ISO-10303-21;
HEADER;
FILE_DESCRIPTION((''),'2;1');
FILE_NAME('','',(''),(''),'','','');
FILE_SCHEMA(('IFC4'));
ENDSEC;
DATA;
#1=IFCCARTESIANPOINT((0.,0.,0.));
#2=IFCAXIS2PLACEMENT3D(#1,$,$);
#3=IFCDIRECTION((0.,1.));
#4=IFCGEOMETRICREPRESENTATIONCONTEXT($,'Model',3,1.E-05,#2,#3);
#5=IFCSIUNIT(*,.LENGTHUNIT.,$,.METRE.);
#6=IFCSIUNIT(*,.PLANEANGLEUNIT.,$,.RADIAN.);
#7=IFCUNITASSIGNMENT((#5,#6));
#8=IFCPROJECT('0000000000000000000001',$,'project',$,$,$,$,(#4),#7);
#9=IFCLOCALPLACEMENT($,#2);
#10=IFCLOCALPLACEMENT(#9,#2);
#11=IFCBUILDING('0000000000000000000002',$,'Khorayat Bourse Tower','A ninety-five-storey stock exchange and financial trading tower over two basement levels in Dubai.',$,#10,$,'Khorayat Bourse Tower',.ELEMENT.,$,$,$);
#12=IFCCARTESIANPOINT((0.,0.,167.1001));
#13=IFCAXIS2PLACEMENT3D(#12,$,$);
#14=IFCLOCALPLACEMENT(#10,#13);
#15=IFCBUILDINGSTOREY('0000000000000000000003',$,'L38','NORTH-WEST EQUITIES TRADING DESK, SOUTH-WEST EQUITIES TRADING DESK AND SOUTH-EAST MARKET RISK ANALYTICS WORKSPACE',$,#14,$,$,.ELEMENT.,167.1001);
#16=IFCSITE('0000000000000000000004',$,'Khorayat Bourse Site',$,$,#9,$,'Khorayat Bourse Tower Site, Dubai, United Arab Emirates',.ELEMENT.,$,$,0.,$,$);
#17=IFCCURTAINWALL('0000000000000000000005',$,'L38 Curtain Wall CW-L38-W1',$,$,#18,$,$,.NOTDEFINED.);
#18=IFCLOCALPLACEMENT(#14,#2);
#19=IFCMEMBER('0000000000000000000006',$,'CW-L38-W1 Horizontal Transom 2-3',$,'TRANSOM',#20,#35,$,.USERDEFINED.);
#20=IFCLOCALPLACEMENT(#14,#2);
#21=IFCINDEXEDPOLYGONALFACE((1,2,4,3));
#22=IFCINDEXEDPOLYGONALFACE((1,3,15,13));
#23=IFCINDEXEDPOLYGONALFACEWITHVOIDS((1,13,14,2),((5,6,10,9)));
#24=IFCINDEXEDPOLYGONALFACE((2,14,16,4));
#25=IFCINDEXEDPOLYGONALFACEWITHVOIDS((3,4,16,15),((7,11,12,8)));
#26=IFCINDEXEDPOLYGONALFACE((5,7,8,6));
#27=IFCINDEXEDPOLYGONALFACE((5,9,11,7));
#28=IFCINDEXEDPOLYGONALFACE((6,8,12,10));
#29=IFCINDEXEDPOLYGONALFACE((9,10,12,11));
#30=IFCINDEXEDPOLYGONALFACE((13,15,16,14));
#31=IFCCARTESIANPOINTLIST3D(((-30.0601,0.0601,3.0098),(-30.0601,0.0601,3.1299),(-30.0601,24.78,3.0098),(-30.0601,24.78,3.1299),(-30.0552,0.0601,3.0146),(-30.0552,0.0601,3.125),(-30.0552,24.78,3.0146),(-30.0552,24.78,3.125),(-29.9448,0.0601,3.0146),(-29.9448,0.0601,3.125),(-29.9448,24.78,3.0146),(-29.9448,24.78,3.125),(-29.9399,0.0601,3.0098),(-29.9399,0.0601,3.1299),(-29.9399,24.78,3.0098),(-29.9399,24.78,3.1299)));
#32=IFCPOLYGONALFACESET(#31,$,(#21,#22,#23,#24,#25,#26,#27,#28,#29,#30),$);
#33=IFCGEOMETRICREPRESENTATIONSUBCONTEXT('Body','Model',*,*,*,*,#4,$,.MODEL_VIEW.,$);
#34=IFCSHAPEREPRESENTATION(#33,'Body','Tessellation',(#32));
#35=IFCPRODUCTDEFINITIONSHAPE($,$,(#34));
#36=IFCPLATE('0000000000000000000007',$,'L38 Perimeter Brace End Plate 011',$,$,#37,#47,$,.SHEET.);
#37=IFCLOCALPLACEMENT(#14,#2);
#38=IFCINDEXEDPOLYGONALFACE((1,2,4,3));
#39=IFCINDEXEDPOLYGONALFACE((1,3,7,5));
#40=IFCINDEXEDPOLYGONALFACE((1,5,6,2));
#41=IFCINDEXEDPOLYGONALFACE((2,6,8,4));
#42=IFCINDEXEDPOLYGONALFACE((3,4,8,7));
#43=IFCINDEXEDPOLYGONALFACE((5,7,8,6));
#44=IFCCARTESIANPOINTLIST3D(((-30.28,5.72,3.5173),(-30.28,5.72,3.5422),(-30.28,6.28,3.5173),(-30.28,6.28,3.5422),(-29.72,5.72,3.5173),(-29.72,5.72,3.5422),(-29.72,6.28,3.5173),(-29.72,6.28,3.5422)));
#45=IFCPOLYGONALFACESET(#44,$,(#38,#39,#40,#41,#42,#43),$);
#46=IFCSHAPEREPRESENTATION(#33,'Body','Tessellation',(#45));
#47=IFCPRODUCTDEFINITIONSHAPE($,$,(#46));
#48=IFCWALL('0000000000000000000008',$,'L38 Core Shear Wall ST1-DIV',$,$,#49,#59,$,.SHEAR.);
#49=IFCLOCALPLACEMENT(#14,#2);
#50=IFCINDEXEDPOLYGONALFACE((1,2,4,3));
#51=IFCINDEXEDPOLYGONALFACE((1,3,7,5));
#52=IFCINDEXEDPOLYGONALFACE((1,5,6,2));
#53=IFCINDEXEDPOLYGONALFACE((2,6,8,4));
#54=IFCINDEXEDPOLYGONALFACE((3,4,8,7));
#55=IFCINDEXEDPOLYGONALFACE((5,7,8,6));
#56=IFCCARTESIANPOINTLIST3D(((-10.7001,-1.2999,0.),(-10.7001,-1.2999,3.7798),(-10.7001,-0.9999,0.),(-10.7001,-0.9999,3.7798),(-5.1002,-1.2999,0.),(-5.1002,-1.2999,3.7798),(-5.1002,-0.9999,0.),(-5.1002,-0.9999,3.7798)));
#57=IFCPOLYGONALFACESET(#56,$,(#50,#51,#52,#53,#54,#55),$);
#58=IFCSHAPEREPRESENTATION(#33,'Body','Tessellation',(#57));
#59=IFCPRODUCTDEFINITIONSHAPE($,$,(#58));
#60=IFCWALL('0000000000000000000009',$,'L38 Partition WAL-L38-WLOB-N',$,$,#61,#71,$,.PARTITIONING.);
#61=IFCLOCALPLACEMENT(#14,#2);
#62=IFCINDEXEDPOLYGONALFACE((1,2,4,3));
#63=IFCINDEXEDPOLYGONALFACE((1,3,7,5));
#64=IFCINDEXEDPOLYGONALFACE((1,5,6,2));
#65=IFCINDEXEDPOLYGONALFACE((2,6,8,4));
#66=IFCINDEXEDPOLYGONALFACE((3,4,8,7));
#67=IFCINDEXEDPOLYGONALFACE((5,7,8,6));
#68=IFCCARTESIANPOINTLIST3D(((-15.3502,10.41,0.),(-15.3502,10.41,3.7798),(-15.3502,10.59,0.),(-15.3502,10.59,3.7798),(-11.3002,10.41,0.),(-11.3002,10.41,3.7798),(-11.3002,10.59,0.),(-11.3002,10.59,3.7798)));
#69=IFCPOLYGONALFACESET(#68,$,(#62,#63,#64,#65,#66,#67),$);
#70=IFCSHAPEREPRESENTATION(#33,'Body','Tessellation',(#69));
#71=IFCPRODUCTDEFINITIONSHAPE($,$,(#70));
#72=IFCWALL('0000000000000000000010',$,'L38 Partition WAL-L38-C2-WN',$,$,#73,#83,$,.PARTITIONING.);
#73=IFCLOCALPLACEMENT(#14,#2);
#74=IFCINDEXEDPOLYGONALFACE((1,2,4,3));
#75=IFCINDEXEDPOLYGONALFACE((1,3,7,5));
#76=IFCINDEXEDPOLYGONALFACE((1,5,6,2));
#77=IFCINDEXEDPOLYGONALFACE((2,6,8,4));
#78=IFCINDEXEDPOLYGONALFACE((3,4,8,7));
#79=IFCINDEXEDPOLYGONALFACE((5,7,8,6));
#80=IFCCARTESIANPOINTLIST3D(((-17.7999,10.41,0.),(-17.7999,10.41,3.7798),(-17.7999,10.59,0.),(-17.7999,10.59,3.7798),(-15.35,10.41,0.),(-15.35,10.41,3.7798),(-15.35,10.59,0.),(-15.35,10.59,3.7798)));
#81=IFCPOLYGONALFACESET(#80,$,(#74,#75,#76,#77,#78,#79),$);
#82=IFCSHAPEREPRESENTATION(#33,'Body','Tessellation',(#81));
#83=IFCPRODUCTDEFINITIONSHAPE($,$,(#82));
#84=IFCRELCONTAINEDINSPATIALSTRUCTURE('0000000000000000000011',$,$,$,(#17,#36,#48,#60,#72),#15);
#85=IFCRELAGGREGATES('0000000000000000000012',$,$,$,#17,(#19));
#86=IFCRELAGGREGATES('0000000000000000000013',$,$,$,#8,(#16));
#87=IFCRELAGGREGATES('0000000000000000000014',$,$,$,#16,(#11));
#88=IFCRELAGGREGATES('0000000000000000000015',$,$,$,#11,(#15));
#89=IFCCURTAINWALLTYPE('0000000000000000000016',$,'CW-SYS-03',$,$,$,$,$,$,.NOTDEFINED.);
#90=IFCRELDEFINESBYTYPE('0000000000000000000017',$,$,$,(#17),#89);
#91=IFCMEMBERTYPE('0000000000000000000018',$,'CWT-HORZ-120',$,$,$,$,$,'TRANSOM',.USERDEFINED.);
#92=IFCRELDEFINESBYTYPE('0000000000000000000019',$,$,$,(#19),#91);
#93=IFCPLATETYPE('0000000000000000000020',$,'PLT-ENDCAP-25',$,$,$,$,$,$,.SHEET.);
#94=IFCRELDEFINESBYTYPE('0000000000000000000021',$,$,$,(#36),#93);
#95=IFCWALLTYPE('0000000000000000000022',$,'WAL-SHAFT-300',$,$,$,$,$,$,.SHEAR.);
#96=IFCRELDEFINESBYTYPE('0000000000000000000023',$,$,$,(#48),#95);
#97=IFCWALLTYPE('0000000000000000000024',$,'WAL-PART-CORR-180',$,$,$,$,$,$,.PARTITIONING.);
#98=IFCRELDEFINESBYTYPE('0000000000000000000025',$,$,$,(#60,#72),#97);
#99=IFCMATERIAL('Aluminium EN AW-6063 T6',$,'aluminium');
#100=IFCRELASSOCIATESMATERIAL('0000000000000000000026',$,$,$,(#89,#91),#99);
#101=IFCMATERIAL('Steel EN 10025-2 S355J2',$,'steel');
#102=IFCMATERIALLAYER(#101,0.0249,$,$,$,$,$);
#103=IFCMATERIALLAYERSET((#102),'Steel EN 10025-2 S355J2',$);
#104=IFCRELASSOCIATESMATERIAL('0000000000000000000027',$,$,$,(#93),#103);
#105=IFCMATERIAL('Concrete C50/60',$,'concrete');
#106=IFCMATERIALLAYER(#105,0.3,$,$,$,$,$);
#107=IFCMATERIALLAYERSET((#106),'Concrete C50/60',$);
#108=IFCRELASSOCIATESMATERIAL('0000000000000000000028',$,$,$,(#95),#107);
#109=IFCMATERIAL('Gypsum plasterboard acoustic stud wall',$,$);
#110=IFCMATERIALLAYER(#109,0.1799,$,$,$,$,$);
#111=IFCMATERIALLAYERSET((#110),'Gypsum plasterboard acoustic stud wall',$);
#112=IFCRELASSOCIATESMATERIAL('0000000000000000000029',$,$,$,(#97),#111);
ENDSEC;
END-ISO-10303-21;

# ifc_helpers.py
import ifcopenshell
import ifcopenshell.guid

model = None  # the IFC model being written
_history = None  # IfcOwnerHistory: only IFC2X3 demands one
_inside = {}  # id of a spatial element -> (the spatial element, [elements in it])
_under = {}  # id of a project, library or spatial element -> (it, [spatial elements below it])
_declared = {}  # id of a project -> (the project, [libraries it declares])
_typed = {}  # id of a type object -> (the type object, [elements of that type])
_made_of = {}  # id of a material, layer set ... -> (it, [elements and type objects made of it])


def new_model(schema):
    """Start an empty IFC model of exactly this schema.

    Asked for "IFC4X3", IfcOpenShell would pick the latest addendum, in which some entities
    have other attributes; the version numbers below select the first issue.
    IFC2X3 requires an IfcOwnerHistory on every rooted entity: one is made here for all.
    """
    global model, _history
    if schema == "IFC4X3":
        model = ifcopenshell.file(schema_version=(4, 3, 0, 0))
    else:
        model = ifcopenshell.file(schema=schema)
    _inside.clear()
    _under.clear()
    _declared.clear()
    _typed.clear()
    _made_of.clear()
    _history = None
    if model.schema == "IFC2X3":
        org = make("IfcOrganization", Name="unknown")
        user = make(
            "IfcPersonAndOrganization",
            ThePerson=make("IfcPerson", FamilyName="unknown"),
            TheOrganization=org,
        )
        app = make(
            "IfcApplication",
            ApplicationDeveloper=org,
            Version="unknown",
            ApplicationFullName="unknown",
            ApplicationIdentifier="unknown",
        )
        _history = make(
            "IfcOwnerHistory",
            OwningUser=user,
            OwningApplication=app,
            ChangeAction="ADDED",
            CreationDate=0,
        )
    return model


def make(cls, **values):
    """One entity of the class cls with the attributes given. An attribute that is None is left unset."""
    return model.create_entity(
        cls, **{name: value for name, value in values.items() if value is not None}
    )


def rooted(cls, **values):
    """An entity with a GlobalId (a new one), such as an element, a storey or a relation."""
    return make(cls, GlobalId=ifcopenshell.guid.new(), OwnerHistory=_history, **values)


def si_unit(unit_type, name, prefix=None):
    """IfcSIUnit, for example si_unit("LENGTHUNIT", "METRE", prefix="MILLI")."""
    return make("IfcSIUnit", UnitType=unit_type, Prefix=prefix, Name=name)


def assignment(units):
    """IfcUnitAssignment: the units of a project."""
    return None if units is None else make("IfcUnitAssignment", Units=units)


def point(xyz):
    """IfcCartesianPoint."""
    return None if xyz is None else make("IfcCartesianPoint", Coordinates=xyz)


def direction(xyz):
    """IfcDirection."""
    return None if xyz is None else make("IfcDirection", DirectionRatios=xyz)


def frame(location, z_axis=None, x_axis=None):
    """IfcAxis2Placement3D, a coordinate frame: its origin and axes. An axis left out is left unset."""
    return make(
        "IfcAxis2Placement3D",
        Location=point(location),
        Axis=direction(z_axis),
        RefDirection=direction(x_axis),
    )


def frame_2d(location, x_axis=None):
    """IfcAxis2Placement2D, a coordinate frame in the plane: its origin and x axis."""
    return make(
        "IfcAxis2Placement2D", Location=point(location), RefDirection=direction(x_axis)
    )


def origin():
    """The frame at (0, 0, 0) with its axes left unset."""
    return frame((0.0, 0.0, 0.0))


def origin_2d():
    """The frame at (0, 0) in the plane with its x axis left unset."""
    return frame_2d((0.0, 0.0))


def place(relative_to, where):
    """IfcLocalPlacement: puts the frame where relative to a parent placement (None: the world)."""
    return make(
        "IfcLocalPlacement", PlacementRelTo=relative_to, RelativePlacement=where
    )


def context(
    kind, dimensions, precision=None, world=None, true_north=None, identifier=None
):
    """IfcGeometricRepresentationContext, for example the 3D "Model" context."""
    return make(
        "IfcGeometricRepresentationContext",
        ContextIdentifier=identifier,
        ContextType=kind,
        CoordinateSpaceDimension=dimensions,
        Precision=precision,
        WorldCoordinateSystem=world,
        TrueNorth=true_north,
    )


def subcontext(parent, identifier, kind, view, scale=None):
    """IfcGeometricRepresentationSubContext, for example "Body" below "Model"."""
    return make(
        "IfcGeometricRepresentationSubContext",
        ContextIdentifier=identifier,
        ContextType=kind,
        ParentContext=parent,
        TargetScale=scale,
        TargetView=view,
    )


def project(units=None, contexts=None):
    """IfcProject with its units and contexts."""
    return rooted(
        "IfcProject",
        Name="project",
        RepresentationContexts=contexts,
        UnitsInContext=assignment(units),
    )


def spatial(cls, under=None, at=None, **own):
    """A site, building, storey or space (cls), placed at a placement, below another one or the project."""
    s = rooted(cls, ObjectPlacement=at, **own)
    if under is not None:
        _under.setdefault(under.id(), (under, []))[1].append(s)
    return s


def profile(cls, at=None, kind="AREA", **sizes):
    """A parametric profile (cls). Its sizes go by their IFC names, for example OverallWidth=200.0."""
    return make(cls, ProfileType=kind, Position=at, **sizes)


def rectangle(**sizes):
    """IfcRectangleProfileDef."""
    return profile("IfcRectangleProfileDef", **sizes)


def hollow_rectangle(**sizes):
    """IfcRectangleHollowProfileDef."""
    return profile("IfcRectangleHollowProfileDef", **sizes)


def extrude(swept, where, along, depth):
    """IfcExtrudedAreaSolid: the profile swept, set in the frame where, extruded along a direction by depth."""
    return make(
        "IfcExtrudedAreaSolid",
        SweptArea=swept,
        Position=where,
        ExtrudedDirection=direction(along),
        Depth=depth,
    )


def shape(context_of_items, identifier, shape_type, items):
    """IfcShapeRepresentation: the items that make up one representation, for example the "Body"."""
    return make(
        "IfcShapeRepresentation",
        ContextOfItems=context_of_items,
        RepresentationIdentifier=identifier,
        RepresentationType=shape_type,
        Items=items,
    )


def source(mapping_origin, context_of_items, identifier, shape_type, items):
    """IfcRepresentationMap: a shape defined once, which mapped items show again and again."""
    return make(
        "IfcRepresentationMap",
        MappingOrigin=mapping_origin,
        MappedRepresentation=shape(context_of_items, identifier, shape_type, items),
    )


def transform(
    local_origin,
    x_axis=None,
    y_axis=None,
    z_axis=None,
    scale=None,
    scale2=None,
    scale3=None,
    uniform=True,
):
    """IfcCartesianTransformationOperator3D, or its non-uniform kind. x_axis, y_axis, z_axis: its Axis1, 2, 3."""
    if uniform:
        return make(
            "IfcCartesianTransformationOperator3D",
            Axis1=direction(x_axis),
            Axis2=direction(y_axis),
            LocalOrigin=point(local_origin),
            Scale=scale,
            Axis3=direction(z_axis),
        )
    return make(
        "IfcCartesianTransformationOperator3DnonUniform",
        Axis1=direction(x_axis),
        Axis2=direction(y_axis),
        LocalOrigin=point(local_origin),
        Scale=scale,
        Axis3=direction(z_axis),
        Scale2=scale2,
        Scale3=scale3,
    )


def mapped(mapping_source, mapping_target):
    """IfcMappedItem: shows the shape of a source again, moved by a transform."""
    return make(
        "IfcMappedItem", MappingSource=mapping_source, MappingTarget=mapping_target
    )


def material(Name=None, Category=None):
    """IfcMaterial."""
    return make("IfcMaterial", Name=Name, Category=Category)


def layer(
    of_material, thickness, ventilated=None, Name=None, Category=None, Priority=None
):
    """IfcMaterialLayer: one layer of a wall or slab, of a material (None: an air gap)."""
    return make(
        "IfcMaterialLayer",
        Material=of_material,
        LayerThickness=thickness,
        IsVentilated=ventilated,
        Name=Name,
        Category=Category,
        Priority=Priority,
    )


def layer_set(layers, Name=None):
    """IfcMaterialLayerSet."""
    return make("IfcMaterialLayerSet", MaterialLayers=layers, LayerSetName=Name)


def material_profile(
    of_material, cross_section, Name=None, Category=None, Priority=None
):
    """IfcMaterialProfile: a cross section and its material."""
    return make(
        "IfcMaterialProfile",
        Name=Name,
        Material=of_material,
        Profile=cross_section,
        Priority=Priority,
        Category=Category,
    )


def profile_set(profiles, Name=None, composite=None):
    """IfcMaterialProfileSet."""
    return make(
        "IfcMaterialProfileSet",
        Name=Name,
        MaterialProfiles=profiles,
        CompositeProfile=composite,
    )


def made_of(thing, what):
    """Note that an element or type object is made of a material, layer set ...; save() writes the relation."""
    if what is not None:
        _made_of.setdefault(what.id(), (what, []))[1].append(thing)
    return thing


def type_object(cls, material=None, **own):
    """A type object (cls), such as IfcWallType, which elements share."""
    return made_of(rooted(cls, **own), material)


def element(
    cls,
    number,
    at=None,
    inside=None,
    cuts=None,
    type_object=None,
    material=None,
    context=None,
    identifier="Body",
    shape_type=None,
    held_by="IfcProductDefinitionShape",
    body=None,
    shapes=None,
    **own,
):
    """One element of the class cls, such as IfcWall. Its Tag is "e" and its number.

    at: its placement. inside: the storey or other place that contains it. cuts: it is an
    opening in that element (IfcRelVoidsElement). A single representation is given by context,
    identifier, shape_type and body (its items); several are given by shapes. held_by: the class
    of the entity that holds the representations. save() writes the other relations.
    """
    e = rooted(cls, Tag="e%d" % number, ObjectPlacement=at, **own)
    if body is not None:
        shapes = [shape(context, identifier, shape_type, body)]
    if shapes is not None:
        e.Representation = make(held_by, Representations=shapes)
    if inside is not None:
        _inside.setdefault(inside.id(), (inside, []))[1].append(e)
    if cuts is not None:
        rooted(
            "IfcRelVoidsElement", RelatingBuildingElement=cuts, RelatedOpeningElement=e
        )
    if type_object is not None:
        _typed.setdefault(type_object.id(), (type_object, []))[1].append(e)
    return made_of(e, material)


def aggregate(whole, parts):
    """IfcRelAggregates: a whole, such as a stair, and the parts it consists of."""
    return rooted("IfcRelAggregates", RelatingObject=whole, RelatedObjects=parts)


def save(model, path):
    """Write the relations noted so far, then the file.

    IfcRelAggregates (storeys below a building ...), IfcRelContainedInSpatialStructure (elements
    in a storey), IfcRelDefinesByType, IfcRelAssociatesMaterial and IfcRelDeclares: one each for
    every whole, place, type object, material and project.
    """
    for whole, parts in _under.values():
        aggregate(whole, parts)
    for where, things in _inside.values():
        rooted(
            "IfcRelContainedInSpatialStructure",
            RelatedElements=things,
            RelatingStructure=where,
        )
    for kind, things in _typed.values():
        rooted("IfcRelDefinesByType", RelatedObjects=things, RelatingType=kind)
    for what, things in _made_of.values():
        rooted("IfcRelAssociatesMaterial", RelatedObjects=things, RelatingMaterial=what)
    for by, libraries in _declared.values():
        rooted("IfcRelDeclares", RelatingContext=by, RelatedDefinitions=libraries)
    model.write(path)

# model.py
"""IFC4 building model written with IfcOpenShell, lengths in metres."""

from ifc_helpers import new_model, si_unit, direction, frame, frame_2d, origin, origin_2d, place, context, subcontext, project, spatial, rectangle, hollow_rectangle, extrude, source, transform, mapped, material, layer, layer_set, material_profile, profile_set, type_object, element, aggregate, save


model = new_model("IFC4")

# Units and contexts
model_context = context("Model", 3, precision=1e-05, world=origin(), true_north=direction((0.0, 1.0)))
body_context = subcontext(model_context, "Body", "Model", "MODEL_VIEW")
ifc_project = project(units=[si_unit("LENGTHUNIT", "METRE"), si_unit("PLANEANGLEUNIT", "RADIAN")], contexts=[model_context])

# Site, building, storey
site_placement = place(None, origin())
site = spatial("IfcSite", under=ifc_project, at=site_placement, Name="Khorayat Bourse Site", LongName="Khorayat Bourse Tower Site, Dubai, United Arab Emirates", CompositionType="ELEMENT", RefElevation=0.0)
building_placement = place(site_placement, origin())
building = spatial("IfcBuilding", under=site, at=building_placement, Name="Khorayat Bourse Tower", Description="A ninety-five-storey stock exchange and financial trading tower over two basement levels in Dubai.", LongName="Khorayat Bourse Tower", CompositionType="ELEMENT")
storey_placement = place(building_placement, frame((0.0, 0.0, 167.1001)))
storey = spatial("IfcBuildingStorey", under=building, at=storey_placement, Name="L38", Description="NORTH-WEST EQUITIES TRADING DESK, SOUTH-WEST EQUITIES TRADING DESK AND SOUTH-EAST MARKET RISK ANALYTICS WORKSPACE", CompositionType="ELEMENT", Elevation=167.1001)

# Curtain wall, member
ifc_material_1 = material(Name="Aluminium EN AW-6063 T6", Category="aluminium")
curtain_wall_type = type_object("IfcCurtainWallType", Name="CW-SYS-03", PredefinedType="NOTDEFINED", material=ifc_material_1)
curtain_wall_placement = place(storey_placement, origin())
curtain_wall = element("IfcCurtainWall", 1, at=curtain_wall_placement, inside=storey, type_object=curtain_wall_type, Name="L38 Curtain Wall CW-L38-W1", PredefinedType="NOTDEFINED")
ifc_material_profile_1 = material_profile(ifc_material_1, hollow_rectangle(XDim=0.1201, YDim=0.1201, WallThickness=0.0049, at=origin_2d()), Name="ALU 120x120x5")
ifc_profile_set_1 = profile_set([ifc_material_profile_1], Name="Aluminium EN AW-6063 T6")
member_type_1 = type_object("IfcMemberType", Name="CWT-HORZ-120", ElementType="TRANSOM", PredefinedType="USERDEFINED", material=ifc_profile_set_1)
shared_shape_1 = source(origin(), body_context, "Body", "SweptSolid", [
    extrude(hollow_rectangle(XDim=0.1201, YDim=0.1201, WallThickness=0.0049, at=origin_2d()), origin(), (0.0, 0.0, 1.0), 24.72),
])
member_1_placement = place(storey_placement, frame((-30.0, 0.0601, 3.0698), z_axis=(0.0, 1.0, 0.0), x_axis=(-1.0, 0.0, 0.0)))
member_1 = element("IfcMember", 2, at=member_1_placement, type_object=member_type_1, Name="CW-L38-W1 Horizontal Transom 2-3", ObjectType="TRANSOM", PredefinedType="USERDEFINED", context=body_context, shape_type="MappedRepresentation", body=[
    mapped(shared_shape_1, transform((0.0, 0.0, 0.0), scale=1.0)),
])
aggregate(curtain_wall, [member_1])

# Plate
ifc_material_2 = material(Name="Steel EN 10025-2 S355J2", Category="steel")
ifc_layer_1 = layer(ifc_material_2, 0.0249)
ifc_layer_set_1 = layer_set([ifc_layer_1], Name="Steel EN 10025-2 S355J2")
plate_type = type_object("IfcPlateType", Name="PLT-ENDCAP-25", PredefinedType="SHEET", material=ifc_layer_set_1)
shared_shape_2 = source(origin(), body_context, "Body", "SweptSolid", [
    extrude(rectangle(XDim=0.5601, YDim=0.5601, at=origin_2d()), origin(), (0.0, 0.0, 1.0), 0.0249),
])
plate_placement = place(storey_placement, frame((-30.0, 6.0, 3.5173), z_axis=(0.0, 0.0, 1.0), x_axis=(1.0, 0.0, 0.0)))
element("IfcPlate", 3, at=plate_placement, inside=storey, type_object=plate_type, Name="L38 Perimeter Brace End Plate 011", PredefinedType="SHEET", context=body_context, shape_type="MappedRepresentation", body=[
    mapped(shared_shape_2, transform((0.0, 0.0, 0.0), scale=1.0)),
])

# Walls
ifc_material_3 = material(Name="Concrete C50/60", Category="concrete")
ifc_layer_2 = layer(ifc_material_3, 0.3)
ifc_layer_set_2 = layer_set([ifc_layer_2], Name="Concrete C50/60")
wall_type_1 = type_object("IfcWallType", Name="WAL-SHAFT-300", PredefinedType="SHEAR", material=ifc_layer_set_2)
shared_shape_3 = source(origin(), body_context, "Body", "SweptSolid", [
    extrude(rectangle(XDim=5.5999, YDim=0.3, at=frame_2d((2.7998, 0.0))), origin(), (0.0, 0.0, 1.0), 3.7798),
])
wall_1_placement = place(storey_placement, frame((-10.7, -1.1499, 0.0), z_axis=(0.0, 0.0, 1.0), x_axis=(1.0, 0.0, 0.0)))
element("IfcWall", 4, at=wall_1_placement, inside=storey, type_object=wall_type_1, Name="L38 Core Shear Wall ST1-DIV", PredefinedType="SHEAR", context=body_context, shape_type="MappedRepresentation", body=[
    mapped(shared_shape_3, transform((0.0, 0.0, 0.0), scale=1.0)),
])
ifc_material_4 = material(Name="Gypsum plasterboard acoustic stud wall")
ifc_layer_3 = layer(ifc_material_4, 0.1799)
ifc_layer_set_3 = layer_set([ifc_layer_3], Name="Gypsum plasterboard acoustic stud wall")
wall_type_2 = type_object("IfcWallType", Name="WAL-PART-CORR-180", PredefinedType="PARTITIONING", material=ifc_layer_set_3)
shared_shape_4 = source(origin(), body_context, "Body", "SweptSolid", [
    extrude(rectangle(XDim=4.05, YDim=0.1799, at=frame_2d((2.0249, 0.0))), origin(), (0.0, 0.0, 1.0), 3.7798),
])
wall_2_placement = place(storey_placement, frame((-15.3501, 10.5, 0.0), z_axis=(0.0, 0.0, 1.0), x_axis=(1.0, 0.0, 0.0)))
element("IfcWall", 5, at=wall_2_placement, inside=storey, type_object=wall_type_2, Name="L38 Partition WAL-L38-WLOB-N", PredefinedType="PARTITIONING", context=body_context, shape_type="MappedRepresentation", body=[
    mapped(shared_shape_4, transform((0.0, 0.0, 0.0), scale=1.0)),
])
shared_shape_5 = source(origin(), body_context, "Body", "SweptSolid", [
    extrude(rectangle(XDim=2.45, YDim=0.1799, at=frame_2d((1.2251, 0.0))), origin(), (0.0, 0.0, 1.0), 3.7798),
])
wall_3_placement = place(storey_placement, frame((-17.8, 10.5, 0.0), z_axis=(0.0, 0.0, 1.0), x_axis=(1.0, 0.0, 0.0)))
element("IfcWall", 6, at=wall_3_placement, inside=storey, type_object=wall_type_2, Name="L38 Partition WAL-L38-C2-WN", PredefinedType="PARTITIONING", context=body_context, shape_type="MappedRepresentation", body=[
    mapped(shared_shape_5, transform((0.0, 0.0, 0.0), scale=1.0)),
])

save(model, "model.ifc")
